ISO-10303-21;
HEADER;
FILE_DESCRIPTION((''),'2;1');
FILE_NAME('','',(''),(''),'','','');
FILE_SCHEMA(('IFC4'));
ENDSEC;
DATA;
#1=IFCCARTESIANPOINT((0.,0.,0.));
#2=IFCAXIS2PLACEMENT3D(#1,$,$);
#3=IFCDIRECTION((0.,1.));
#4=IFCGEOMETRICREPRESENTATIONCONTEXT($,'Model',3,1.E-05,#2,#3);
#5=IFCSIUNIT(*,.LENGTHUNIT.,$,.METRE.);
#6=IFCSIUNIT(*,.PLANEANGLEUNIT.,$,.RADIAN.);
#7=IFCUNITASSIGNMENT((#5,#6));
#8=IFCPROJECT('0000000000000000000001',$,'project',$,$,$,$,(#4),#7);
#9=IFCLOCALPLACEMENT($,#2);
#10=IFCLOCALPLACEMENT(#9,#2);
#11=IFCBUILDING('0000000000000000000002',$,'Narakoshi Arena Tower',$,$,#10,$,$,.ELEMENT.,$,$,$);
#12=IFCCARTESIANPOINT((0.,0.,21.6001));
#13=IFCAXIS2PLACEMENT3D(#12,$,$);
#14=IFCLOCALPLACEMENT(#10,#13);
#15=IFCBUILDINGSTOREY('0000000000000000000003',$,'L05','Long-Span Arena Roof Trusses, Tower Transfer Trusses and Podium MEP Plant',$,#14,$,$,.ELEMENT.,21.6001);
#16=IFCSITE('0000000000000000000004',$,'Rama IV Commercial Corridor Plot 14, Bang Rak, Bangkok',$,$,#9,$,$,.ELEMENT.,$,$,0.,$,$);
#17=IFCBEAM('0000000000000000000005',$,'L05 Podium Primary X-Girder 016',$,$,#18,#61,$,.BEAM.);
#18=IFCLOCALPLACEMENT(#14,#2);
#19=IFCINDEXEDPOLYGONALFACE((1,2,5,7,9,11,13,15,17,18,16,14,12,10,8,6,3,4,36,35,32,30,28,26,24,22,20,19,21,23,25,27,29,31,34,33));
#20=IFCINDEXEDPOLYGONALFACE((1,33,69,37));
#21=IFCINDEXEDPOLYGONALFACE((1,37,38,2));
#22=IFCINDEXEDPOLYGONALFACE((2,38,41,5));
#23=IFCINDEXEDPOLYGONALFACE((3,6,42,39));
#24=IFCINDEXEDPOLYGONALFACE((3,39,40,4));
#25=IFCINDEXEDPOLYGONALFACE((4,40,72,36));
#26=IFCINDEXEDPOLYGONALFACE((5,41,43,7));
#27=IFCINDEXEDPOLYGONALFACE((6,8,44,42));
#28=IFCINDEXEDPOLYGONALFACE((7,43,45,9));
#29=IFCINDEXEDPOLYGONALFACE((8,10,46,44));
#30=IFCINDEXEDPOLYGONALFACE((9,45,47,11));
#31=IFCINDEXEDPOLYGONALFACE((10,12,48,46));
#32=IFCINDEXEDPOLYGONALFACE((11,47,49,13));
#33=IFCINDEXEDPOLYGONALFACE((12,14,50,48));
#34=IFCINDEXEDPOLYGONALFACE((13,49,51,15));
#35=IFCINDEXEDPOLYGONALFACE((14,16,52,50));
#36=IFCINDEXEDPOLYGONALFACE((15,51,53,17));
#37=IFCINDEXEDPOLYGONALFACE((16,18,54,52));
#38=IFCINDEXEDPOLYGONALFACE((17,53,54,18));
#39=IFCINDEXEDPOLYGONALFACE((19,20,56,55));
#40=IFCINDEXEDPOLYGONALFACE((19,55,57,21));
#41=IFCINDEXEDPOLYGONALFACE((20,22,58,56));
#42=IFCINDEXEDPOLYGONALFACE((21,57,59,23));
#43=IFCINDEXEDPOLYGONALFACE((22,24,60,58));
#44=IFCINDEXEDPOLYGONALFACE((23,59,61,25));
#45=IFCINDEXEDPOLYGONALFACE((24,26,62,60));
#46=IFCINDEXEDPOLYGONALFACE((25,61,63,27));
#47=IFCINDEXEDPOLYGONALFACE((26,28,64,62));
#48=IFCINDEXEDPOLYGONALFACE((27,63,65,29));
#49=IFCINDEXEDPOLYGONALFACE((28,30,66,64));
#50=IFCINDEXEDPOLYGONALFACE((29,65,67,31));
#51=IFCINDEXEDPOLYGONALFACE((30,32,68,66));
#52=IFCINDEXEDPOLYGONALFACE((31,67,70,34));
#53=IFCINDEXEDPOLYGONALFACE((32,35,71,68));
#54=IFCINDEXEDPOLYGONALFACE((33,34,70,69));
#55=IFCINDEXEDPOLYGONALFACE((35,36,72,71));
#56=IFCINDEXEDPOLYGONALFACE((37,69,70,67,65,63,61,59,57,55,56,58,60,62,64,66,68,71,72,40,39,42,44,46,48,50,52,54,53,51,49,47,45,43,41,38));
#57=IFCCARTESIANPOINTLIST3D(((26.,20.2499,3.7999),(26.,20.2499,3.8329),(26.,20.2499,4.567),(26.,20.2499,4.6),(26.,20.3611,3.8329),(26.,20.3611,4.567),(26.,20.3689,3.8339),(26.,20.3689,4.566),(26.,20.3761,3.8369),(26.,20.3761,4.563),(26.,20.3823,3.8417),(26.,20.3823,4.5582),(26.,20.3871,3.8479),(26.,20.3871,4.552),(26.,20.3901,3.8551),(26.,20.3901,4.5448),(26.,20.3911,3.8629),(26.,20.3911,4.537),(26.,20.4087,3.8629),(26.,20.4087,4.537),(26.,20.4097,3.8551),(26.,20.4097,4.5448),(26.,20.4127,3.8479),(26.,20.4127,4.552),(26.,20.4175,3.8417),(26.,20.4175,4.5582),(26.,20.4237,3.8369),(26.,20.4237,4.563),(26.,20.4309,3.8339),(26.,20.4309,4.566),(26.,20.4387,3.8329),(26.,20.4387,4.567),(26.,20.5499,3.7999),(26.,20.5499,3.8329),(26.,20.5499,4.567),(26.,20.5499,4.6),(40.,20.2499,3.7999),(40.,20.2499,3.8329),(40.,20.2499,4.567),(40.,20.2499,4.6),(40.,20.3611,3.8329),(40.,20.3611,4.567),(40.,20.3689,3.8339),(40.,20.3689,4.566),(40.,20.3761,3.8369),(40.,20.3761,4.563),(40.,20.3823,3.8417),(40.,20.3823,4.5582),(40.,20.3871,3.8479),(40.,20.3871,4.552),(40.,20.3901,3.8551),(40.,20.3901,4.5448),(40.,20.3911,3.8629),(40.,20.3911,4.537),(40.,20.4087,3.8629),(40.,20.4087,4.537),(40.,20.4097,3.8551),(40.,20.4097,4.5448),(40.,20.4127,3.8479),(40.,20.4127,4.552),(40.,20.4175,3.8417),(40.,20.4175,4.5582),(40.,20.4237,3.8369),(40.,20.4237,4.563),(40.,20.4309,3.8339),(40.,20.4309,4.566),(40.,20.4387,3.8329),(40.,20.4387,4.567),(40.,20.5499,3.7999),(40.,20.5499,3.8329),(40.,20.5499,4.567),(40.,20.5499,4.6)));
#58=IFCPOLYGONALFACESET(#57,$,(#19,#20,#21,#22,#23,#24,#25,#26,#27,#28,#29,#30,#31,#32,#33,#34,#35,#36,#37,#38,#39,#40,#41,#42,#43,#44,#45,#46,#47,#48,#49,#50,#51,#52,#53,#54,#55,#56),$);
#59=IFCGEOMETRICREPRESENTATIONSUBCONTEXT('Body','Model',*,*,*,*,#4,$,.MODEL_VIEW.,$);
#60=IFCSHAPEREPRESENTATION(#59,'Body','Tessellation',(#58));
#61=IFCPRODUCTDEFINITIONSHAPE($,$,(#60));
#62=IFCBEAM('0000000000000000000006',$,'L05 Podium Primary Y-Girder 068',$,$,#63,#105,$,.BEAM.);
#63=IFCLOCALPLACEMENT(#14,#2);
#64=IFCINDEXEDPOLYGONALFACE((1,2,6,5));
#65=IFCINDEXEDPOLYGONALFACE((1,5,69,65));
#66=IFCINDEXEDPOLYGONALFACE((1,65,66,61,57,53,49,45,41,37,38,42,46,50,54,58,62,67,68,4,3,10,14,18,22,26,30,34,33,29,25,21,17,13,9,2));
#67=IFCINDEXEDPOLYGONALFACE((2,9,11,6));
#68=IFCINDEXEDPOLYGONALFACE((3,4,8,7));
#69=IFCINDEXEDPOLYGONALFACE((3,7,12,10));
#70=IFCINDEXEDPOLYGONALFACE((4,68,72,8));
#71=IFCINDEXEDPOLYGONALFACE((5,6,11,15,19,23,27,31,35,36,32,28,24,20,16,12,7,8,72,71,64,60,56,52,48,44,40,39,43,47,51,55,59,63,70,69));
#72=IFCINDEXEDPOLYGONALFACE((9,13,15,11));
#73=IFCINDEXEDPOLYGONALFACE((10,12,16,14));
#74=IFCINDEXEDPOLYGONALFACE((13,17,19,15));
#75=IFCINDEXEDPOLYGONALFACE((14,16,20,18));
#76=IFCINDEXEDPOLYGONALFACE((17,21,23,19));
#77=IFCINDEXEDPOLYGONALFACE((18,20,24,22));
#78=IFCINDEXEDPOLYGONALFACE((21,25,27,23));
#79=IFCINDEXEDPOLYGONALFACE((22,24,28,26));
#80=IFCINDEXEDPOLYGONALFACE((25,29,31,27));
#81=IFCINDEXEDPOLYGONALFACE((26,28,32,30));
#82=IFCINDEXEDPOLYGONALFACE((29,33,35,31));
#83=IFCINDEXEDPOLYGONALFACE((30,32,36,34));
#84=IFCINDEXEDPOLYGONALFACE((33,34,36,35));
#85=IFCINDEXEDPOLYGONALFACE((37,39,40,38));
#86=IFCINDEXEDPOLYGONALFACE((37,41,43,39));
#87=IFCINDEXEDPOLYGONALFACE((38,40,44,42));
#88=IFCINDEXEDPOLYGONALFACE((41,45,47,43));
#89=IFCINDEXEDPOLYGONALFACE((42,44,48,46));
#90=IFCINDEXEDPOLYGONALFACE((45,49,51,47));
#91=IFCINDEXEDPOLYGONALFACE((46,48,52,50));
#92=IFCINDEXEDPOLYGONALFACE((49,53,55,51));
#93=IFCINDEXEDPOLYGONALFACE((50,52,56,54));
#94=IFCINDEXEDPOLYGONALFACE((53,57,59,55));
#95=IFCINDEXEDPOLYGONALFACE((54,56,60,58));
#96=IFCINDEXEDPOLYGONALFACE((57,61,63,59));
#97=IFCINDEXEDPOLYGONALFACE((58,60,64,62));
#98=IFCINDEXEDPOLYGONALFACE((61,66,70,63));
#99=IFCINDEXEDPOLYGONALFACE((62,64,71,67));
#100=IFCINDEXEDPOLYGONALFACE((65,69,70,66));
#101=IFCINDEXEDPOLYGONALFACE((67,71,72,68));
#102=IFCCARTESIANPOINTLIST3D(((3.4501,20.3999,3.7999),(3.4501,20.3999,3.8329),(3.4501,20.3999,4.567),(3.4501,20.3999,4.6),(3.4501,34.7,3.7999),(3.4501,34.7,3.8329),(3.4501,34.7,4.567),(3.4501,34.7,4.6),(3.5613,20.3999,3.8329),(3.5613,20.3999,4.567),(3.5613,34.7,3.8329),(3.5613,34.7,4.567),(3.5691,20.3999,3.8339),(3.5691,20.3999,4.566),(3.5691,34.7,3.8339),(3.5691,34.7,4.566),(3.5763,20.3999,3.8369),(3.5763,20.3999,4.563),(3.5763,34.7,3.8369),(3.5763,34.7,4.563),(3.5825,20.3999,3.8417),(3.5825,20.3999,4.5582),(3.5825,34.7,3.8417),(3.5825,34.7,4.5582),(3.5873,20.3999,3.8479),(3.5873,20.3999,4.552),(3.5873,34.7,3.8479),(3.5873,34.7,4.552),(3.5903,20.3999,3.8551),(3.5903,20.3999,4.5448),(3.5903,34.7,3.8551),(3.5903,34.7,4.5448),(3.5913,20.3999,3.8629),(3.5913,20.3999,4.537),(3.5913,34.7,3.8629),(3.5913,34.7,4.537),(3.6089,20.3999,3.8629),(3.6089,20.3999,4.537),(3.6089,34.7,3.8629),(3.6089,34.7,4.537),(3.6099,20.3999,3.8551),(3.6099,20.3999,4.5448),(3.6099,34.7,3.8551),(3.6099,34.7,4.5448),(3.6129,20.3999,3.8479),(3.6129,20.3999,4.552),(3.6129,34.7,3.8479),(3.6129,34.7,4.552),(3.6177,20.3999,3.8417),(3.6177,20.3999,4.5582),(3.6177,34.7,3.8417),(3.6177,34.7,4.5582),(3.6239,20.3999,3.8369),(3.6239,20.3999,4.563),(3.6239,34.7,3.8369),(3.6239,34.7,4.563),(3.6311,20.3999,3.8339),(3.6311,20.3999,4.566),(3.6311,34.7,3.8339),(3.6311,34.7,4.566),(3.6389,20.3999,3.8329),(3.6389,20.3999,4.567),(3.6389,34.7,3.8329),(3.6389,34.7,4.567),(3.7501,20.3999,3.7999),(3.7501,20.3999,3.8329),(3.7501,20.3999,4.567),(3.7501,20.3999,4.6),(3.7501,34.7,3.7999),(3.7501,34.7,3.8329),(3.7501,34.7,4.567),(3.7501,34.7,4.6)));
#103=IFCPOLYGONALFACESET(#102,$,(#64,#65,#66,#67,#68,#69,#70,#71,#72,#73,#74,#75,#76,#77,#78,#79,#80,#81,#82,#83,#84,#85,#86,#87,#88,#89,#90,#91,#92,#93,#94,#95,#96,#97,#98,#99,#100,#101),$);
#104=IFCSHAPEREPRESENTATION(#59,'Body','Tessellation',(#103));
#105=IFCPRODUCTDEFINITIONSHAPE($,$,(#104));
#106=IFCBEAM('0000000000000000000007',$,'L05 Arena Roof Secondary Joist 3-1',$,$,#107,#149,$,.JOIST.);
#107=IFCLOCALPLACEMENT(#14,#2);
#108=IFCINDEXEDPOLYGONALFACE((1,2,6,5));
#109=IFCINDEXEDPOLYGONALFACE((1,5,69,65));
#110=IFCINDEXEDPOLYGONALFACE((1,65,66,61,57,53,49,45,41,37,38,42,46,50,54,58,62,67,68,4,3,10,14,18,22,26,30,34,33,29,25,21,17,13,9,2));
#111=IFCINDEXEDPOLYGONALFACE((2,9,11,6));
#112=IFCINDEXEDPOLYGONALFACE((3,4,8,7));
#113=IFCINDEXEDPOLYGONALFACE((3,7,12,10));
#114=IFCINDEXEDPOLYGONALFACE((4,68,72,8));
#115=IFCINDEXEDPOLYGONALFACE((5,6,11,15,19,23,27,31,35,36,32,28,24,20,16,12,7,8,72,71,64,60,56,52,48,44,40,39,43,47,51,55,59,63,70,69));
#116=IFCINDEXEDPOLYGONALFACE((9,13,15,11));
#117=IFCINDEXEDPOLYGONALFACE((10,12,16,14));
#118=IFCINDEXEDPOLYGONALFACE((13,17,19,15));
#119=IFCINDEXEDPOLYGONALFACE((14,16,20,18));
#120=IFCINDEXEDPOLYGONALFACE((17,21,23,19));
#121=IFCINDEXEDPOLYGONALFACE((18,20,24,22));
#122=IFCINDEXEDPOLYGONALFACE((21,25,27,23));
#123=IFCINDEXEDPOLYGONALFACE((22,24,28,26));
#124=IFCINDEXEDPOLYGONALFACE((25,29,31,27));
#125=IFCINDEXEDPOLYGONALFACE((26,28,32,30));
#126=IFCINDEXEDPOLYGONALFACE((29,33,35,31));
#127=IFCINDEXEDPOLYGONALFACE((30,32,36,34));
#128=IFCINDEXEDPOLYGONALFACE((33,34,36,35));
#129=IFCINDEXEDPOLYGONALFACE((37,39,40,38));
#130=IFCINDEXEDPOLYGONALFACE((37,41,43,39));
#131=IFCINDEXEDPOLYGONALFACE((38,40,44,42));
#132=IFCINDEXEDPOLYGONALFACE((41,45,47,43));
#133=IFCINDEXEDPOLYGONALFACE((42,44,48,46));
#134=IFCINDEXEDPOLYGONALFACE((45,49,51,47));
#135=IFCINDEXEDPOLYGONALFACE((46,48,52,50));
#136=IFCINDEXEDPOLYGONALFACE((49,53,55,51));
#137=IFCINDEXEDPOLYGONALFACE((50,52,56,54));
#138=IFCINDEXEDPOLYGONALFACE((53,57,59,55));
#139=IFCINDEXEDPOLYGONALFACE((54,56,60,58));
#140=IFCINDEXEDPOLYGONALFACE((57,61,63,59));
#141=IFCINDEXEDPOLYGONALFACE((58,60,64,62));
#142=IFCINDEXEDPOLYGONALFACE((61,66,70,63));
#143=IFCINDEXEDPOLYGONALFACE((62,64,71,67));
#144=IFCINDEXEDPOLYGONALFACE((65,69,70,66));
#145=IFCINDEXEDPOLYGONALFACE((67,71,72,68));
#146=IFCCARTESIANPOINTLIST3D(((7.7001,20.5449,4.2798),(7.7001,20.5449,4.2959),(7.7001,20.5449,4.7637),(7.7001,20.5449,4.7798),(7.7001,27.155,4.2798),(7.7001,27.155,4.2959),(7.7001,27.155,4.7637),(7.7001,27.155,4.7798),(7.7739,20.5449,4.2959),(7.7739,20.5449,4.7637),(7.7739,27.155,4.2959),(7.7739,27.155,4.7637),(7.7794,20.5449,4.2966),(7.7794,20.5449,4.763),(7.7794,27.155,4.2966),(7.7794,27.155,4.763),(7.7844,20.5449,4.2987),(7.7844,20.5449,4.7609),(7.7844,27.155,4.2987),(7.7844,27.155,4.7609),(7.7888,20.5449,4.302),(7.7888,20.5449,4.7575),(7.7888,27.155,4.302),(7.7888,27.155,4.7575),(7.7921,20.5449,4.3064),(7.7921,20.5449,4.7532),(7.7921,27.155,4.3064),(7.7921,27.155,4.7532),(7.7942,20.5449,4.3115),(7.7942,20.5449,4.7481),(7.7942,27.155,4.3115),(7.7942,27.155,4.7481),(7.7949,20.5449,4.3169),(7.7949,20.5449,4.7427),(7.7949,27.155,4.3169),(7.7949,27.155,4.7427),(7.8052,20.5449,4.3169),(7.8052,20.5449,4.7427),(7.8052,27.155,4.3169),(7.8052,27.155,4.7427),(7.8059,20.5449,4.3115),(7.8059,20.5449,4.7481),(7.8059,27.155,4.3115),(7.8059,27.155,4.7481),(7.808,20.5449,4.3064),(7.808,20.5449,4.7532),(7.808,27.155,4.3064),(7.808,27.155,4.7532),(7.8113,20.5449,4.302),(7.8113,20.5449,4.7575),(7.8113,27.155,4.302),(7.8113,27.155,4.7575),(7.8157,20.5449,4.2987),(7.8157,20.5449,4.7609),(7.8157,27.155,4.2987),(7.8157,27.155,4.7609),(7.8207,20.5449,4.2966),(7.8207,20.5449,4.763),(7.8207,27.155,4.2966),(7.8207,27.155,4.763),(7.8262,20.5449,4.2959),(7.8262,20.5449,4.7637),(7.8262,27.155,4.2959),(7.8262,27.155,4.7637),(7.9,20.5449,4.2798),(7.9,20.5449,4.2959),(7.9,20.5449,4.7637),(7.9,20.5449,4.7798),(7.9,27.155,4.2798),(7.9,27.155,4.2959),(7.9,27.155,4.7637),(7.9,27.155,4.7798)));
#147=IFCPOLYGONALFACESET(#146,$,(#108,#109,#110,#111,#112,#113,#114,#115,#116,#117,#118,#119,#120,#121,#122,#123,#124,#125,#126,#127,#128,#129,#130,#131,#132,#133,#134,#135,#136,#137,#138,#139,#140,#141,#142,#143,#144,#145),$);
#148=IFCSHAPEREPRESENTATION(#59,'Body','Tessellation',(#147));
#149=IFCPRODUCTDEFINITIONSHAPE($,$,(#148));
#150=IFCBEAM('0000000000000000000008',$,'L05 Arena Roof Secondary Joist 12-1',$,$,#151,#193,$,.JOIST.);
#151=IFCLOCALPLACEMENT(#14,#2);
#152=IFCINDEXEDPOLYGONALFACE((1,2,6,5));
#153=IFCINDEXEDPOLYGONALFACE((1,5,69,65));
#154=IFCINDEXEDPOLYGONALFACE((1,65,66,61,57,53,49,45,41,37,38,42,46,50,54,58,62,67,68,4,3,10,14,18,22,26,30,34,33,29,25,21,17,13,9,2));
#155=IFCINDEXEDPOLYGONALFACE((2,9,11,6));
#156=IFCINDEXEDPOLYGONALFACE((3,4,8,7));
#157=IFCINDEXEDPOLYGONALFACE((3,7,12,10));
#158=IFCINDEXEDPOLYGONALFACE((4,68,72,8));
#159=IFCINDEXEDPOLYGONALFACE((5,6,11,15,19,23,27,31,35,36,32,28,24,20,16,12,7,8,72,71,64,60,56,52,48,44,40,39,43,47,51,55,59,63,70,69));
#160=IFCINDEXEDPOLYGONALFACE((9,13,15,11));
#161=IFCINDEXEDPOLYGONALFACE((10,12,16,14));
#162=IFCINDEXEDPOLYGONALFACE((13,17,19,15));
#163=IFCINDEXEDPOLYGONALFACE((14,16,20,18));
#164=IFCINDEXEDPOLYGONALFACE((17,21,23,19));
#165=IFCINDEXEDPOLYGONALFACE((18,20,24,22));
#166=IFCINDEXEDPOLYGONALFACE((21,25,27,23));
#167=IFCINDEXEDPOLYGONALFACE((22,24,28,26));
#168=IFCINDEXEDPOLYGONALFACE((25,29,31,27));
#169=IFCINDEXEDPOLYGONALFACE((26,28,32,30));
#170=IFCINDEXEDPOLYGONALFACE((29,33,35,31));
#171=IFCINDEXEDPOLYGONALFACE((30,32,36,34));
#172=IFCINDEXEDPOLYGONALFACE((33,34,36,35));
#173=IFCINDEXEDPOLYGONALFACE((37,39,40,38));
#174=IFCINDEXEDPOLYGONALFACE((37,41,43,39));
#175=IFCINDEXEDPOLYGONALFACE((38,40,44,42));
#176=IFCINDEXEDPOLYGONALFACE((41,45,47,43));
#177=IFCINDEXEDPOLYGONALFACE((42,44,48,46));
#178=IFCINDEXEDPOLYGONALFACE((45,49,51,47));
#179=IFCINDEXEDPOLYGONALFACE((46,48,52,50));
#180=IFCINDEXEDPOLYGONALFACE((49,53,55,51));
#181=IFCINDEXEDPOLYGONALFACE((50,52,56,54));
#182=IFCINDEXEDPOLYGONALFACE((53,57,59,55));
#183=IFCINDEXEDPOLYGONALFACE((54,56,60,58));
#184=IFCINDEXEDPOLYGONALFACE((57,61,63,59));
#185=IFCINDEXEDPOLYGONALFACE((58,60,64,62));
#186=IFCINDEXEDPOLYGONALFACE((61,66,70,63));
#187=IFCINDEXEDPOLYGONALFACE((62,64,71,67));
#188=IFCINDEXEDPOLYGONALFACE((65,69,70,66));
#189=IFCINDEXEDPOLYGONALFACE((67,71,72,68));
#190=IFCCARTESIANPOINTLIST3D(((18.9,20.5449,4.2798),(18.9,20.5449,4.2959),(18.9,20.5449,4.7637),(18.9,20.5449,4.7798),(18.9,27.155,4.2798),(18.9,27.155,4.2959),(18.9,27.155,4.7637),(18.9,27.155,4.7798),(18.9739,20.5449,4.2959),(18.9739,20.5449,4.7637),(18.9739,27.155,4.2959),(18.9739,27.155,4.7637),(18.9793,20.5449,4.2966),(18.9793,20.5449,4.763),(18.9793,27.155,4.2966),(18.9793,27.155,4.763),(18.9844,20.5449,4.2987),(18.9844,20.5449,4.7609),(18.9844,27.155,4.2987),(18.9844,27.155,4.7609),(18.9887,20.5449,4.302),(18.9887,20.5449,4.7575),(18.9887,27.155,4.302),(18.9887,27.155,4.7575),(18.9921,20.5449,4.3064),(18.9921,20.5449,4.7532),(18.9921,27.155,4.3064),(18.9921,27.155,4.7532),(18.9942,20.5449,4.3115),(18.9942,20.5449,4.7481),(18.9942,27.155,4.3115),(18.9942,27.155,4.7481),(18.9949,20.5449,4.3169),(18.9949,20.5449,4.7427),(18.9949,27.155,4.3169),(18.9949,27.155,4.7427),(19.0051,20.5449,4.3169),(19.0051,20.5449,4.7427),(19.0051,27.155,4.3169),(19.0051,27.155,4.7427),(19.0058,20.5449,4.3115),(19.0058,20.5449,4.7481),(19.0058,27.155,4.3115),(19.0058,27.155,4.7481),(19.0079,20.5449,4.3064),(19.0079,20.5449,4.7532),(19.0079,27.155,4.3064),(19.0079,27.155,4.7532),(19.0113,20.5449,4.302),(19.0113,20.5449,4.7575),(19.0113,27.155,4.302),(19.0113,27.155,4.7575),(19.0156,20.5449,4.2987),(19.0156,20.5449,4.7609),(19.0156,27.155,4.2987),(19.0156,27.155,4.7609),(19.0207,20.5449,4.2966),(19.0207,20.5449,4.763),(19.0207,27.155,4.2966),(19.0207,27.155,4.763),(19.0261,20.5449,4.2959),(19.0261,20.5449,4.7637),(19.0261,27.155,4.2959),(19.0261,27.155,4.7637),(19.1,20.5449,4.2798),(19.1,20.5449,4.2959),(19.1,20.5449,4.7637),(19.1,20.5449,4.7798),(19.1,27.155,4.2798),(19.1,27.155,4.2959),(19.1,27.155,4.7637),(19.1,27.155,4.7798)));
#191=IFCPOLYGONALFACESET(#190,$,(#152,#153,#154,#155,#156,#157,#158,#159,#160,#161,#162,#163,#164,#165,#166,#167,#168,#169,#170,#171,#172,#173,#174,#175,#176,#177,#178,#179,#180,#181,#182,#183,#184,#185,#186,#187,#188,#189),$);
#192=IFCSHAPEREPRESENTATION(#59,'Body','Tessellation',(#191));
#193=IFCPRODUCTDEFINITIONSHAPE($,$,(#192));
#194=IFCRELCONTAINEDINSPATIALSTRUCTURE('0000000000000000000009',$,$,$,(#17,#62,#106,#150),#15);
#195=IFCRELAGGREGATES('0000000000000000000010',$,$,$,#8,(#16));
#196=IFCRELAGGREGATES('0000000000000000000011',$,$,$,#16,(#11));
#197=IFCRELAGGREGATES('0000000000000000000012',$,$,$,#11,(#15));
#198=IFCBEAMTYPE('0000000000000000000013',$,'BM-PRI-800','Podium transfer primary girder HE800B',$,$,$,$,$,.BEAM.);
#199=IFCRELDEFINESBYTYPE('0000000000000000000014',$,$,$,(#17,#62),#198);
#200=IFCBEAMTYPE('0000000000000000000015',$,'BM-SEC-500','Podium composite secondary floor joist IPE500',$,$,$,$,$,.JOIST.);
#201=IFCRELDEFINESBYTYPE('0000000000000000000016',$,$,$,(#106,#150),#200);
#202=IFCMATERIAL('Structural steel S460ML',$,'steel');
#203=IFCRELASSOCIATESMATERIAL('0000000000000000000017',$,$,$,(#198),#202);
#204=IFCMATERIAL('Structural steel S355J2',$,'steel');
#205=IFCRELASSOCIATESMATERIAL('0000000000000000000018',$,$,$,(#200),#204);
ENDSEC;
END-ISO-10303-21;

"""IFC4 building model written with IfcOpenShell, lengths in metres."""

from ifc_helpers import new_model, si_unit, direction, frame, origin, origin_2d, place, context, subcontext, project, spatial, i_section, extrude, material, material_profile, profile_set, type_object, element, save


model = new_model("IFC4")

# Units and contexts
model_context = context("Model", 3, precision=1e-05, world=origin(), true_north=direction((0.0, 1.0)))
body_context = subcontext(model_context, "Body", "Model", "MODEL_VIEW")
ifc_project = project(units=[si_unit("LENGTHUNIT", "METRE"), si_unit("PLANEANGLEUNIT", "RADIAN")], contexts=[model_context])

# Site, building, storey
site_placement = place(None, origin())
site = spatial("IfcSite", under=ifc_project, at=site_placement, Name="Rama IV Commercial Corridor Plot 14, Bang Rak, Bangkok", CompositionType="ELEMENT", RefElevation=0.0)
building_placement = place(site_placement, origin())
building = spatial("IfcBuilding", under=site, at=building_placement, Name="Narakoshi Arena Tower", CompositionType="ELEMENT")
storey_placement = place(building_placement, frame((0.0, 0.0, 21.6001)))
storey = spatial("IfcBuildingStorey", under=building, at=storey_placement, Name="L05", Description="Long-Span Arena Roof Trusses, Tower Transfer Trusses and Podium MEP Plant", CompositionType="ELEMENT", Elevation=21.6001)

# Shared definitions
ifc_material_1 = material(Name="Structural steel S355J2", Category="steel")

# Beams
ifc_material_2 = material(Name="Structural steel S460ML", Category="steel")
ifc_material_profile_1 = material_profile(ifc_material_2, i_section(OverallWidth=0.3, OverallDepth=0.8, WebThickness=0.0176, FlangeThickness=0.033, FilletRadius=0.03, at=origin_2d()), Name="HE800B")
ifc_profile_set_1 = profile_set([ifc_material_profile_1], Name="Structural steel S460ML")
beam_type_1 = type_object("IfcBeamType", Name="BM-PRI-800", Description="Podium transfer primary girder HE800B", PredefinedType="BEAM", material=ifc_profile_set_1)
for number, where, z_axis, x_axis, name in (
    (1, (26.0, 20.3999, 4.2), (1.0, 0.0, 0.0), (0.0, 1.0, 0.0), "L05 Podium Primary X-Girder 016"),
):
    element("IfcBeam", number, at=place(storey_placement, frame(where, z_axis=z_axis, x_axis=x_axis)), inside=storey, type_object=beam_type_1, Name=name, PredefinedType="BEAM", context=body_context, shape_type="SweptSolid", body=[
        extrude(i_section(OverallWidth=0.3, OverallDepth=0.8, WebThickness=0.0176, FlangeThickness=0.033, FilletRadius=0.03, at=origin_2d()), origin(), (0.0, 0.0, 1.0), 14.0),
    ])
beam_1_placement = place(storey_placement, frame((3.6001, 20.3999, 4.2), z_axis=(0.0, 1.0, 0.0), x_axis=(-1.0, 0.0, 0.0)))
element("IfcBeam", 2, at=beam_1_placement, inside=storey, type_object=beam_type_1, Name="L05 Podium Primary Y-Girder 068", PredefinedType="BEAM", context=body_context, shape_type="SweptSolid", body=[
    extrude(i_section(OverallWidth=0.3, OverallDepth=0.8, WebThickness=0.0176, FlangeThickness=0.033, FilletRadius=0.03, at=origin_2d()), origin(), (0.0, 0.0, 1.0), 14.3),
])
ifc_material_profile_2 = material_profile(ifc_material_1, i_section(OverallWidth=0.2, OverallDepth=0.5, WebThickness=0.0103, FlangeThickness=0.0161, FilletRadius=0.021, at=origin_2d()), Name="IPE500")
ifc_profile_set_2 = profile_set([ifc_material_profile_2], Name="Structural steel S355J2")
beam_type_2 = type_object("IfcBeamType", Name="BM-SEC-500", Description="Podium composite secondary floor joist IPE500", PredefinedType="JOIST", material=ifc_profile_set_2)
for number, where, z_axis, x_axis, name in (
    (3, (7.8, 20.5449, 4.5298), (0.0, 1.0, 0.0), (-1.0, 0.0, 0.0), "L05 Arena Roof Secondary Joist 3-1"),
    (4, (19.0, 20.5449, 4.5298), (0.0, 1.0, 0.0), (-1.0, 0.0, 0.0), "L05 Arena Roof Secondary Joist 12-1"),
):
    element("IfcBeam", number, at=place(storey_placement, frame(where, z_axis=z_axis, x_axis=x_axis)), inside=storey, type_object=beam_type_2, Name=name, PredefinedType="JOIST", context=body_context, shape_type="SweptSolid", body=[
        extrude(i_section(OverallWidth=0.2, OverallDepth=0.5, WebThickness=0.0103, FlangeThickness=0.0161, FilletRadius=0.021, at=origin_2d()), origin(), (0.0, 0.0, 1.0), 6.6101),
    ])

save(model, "model.ifc")
